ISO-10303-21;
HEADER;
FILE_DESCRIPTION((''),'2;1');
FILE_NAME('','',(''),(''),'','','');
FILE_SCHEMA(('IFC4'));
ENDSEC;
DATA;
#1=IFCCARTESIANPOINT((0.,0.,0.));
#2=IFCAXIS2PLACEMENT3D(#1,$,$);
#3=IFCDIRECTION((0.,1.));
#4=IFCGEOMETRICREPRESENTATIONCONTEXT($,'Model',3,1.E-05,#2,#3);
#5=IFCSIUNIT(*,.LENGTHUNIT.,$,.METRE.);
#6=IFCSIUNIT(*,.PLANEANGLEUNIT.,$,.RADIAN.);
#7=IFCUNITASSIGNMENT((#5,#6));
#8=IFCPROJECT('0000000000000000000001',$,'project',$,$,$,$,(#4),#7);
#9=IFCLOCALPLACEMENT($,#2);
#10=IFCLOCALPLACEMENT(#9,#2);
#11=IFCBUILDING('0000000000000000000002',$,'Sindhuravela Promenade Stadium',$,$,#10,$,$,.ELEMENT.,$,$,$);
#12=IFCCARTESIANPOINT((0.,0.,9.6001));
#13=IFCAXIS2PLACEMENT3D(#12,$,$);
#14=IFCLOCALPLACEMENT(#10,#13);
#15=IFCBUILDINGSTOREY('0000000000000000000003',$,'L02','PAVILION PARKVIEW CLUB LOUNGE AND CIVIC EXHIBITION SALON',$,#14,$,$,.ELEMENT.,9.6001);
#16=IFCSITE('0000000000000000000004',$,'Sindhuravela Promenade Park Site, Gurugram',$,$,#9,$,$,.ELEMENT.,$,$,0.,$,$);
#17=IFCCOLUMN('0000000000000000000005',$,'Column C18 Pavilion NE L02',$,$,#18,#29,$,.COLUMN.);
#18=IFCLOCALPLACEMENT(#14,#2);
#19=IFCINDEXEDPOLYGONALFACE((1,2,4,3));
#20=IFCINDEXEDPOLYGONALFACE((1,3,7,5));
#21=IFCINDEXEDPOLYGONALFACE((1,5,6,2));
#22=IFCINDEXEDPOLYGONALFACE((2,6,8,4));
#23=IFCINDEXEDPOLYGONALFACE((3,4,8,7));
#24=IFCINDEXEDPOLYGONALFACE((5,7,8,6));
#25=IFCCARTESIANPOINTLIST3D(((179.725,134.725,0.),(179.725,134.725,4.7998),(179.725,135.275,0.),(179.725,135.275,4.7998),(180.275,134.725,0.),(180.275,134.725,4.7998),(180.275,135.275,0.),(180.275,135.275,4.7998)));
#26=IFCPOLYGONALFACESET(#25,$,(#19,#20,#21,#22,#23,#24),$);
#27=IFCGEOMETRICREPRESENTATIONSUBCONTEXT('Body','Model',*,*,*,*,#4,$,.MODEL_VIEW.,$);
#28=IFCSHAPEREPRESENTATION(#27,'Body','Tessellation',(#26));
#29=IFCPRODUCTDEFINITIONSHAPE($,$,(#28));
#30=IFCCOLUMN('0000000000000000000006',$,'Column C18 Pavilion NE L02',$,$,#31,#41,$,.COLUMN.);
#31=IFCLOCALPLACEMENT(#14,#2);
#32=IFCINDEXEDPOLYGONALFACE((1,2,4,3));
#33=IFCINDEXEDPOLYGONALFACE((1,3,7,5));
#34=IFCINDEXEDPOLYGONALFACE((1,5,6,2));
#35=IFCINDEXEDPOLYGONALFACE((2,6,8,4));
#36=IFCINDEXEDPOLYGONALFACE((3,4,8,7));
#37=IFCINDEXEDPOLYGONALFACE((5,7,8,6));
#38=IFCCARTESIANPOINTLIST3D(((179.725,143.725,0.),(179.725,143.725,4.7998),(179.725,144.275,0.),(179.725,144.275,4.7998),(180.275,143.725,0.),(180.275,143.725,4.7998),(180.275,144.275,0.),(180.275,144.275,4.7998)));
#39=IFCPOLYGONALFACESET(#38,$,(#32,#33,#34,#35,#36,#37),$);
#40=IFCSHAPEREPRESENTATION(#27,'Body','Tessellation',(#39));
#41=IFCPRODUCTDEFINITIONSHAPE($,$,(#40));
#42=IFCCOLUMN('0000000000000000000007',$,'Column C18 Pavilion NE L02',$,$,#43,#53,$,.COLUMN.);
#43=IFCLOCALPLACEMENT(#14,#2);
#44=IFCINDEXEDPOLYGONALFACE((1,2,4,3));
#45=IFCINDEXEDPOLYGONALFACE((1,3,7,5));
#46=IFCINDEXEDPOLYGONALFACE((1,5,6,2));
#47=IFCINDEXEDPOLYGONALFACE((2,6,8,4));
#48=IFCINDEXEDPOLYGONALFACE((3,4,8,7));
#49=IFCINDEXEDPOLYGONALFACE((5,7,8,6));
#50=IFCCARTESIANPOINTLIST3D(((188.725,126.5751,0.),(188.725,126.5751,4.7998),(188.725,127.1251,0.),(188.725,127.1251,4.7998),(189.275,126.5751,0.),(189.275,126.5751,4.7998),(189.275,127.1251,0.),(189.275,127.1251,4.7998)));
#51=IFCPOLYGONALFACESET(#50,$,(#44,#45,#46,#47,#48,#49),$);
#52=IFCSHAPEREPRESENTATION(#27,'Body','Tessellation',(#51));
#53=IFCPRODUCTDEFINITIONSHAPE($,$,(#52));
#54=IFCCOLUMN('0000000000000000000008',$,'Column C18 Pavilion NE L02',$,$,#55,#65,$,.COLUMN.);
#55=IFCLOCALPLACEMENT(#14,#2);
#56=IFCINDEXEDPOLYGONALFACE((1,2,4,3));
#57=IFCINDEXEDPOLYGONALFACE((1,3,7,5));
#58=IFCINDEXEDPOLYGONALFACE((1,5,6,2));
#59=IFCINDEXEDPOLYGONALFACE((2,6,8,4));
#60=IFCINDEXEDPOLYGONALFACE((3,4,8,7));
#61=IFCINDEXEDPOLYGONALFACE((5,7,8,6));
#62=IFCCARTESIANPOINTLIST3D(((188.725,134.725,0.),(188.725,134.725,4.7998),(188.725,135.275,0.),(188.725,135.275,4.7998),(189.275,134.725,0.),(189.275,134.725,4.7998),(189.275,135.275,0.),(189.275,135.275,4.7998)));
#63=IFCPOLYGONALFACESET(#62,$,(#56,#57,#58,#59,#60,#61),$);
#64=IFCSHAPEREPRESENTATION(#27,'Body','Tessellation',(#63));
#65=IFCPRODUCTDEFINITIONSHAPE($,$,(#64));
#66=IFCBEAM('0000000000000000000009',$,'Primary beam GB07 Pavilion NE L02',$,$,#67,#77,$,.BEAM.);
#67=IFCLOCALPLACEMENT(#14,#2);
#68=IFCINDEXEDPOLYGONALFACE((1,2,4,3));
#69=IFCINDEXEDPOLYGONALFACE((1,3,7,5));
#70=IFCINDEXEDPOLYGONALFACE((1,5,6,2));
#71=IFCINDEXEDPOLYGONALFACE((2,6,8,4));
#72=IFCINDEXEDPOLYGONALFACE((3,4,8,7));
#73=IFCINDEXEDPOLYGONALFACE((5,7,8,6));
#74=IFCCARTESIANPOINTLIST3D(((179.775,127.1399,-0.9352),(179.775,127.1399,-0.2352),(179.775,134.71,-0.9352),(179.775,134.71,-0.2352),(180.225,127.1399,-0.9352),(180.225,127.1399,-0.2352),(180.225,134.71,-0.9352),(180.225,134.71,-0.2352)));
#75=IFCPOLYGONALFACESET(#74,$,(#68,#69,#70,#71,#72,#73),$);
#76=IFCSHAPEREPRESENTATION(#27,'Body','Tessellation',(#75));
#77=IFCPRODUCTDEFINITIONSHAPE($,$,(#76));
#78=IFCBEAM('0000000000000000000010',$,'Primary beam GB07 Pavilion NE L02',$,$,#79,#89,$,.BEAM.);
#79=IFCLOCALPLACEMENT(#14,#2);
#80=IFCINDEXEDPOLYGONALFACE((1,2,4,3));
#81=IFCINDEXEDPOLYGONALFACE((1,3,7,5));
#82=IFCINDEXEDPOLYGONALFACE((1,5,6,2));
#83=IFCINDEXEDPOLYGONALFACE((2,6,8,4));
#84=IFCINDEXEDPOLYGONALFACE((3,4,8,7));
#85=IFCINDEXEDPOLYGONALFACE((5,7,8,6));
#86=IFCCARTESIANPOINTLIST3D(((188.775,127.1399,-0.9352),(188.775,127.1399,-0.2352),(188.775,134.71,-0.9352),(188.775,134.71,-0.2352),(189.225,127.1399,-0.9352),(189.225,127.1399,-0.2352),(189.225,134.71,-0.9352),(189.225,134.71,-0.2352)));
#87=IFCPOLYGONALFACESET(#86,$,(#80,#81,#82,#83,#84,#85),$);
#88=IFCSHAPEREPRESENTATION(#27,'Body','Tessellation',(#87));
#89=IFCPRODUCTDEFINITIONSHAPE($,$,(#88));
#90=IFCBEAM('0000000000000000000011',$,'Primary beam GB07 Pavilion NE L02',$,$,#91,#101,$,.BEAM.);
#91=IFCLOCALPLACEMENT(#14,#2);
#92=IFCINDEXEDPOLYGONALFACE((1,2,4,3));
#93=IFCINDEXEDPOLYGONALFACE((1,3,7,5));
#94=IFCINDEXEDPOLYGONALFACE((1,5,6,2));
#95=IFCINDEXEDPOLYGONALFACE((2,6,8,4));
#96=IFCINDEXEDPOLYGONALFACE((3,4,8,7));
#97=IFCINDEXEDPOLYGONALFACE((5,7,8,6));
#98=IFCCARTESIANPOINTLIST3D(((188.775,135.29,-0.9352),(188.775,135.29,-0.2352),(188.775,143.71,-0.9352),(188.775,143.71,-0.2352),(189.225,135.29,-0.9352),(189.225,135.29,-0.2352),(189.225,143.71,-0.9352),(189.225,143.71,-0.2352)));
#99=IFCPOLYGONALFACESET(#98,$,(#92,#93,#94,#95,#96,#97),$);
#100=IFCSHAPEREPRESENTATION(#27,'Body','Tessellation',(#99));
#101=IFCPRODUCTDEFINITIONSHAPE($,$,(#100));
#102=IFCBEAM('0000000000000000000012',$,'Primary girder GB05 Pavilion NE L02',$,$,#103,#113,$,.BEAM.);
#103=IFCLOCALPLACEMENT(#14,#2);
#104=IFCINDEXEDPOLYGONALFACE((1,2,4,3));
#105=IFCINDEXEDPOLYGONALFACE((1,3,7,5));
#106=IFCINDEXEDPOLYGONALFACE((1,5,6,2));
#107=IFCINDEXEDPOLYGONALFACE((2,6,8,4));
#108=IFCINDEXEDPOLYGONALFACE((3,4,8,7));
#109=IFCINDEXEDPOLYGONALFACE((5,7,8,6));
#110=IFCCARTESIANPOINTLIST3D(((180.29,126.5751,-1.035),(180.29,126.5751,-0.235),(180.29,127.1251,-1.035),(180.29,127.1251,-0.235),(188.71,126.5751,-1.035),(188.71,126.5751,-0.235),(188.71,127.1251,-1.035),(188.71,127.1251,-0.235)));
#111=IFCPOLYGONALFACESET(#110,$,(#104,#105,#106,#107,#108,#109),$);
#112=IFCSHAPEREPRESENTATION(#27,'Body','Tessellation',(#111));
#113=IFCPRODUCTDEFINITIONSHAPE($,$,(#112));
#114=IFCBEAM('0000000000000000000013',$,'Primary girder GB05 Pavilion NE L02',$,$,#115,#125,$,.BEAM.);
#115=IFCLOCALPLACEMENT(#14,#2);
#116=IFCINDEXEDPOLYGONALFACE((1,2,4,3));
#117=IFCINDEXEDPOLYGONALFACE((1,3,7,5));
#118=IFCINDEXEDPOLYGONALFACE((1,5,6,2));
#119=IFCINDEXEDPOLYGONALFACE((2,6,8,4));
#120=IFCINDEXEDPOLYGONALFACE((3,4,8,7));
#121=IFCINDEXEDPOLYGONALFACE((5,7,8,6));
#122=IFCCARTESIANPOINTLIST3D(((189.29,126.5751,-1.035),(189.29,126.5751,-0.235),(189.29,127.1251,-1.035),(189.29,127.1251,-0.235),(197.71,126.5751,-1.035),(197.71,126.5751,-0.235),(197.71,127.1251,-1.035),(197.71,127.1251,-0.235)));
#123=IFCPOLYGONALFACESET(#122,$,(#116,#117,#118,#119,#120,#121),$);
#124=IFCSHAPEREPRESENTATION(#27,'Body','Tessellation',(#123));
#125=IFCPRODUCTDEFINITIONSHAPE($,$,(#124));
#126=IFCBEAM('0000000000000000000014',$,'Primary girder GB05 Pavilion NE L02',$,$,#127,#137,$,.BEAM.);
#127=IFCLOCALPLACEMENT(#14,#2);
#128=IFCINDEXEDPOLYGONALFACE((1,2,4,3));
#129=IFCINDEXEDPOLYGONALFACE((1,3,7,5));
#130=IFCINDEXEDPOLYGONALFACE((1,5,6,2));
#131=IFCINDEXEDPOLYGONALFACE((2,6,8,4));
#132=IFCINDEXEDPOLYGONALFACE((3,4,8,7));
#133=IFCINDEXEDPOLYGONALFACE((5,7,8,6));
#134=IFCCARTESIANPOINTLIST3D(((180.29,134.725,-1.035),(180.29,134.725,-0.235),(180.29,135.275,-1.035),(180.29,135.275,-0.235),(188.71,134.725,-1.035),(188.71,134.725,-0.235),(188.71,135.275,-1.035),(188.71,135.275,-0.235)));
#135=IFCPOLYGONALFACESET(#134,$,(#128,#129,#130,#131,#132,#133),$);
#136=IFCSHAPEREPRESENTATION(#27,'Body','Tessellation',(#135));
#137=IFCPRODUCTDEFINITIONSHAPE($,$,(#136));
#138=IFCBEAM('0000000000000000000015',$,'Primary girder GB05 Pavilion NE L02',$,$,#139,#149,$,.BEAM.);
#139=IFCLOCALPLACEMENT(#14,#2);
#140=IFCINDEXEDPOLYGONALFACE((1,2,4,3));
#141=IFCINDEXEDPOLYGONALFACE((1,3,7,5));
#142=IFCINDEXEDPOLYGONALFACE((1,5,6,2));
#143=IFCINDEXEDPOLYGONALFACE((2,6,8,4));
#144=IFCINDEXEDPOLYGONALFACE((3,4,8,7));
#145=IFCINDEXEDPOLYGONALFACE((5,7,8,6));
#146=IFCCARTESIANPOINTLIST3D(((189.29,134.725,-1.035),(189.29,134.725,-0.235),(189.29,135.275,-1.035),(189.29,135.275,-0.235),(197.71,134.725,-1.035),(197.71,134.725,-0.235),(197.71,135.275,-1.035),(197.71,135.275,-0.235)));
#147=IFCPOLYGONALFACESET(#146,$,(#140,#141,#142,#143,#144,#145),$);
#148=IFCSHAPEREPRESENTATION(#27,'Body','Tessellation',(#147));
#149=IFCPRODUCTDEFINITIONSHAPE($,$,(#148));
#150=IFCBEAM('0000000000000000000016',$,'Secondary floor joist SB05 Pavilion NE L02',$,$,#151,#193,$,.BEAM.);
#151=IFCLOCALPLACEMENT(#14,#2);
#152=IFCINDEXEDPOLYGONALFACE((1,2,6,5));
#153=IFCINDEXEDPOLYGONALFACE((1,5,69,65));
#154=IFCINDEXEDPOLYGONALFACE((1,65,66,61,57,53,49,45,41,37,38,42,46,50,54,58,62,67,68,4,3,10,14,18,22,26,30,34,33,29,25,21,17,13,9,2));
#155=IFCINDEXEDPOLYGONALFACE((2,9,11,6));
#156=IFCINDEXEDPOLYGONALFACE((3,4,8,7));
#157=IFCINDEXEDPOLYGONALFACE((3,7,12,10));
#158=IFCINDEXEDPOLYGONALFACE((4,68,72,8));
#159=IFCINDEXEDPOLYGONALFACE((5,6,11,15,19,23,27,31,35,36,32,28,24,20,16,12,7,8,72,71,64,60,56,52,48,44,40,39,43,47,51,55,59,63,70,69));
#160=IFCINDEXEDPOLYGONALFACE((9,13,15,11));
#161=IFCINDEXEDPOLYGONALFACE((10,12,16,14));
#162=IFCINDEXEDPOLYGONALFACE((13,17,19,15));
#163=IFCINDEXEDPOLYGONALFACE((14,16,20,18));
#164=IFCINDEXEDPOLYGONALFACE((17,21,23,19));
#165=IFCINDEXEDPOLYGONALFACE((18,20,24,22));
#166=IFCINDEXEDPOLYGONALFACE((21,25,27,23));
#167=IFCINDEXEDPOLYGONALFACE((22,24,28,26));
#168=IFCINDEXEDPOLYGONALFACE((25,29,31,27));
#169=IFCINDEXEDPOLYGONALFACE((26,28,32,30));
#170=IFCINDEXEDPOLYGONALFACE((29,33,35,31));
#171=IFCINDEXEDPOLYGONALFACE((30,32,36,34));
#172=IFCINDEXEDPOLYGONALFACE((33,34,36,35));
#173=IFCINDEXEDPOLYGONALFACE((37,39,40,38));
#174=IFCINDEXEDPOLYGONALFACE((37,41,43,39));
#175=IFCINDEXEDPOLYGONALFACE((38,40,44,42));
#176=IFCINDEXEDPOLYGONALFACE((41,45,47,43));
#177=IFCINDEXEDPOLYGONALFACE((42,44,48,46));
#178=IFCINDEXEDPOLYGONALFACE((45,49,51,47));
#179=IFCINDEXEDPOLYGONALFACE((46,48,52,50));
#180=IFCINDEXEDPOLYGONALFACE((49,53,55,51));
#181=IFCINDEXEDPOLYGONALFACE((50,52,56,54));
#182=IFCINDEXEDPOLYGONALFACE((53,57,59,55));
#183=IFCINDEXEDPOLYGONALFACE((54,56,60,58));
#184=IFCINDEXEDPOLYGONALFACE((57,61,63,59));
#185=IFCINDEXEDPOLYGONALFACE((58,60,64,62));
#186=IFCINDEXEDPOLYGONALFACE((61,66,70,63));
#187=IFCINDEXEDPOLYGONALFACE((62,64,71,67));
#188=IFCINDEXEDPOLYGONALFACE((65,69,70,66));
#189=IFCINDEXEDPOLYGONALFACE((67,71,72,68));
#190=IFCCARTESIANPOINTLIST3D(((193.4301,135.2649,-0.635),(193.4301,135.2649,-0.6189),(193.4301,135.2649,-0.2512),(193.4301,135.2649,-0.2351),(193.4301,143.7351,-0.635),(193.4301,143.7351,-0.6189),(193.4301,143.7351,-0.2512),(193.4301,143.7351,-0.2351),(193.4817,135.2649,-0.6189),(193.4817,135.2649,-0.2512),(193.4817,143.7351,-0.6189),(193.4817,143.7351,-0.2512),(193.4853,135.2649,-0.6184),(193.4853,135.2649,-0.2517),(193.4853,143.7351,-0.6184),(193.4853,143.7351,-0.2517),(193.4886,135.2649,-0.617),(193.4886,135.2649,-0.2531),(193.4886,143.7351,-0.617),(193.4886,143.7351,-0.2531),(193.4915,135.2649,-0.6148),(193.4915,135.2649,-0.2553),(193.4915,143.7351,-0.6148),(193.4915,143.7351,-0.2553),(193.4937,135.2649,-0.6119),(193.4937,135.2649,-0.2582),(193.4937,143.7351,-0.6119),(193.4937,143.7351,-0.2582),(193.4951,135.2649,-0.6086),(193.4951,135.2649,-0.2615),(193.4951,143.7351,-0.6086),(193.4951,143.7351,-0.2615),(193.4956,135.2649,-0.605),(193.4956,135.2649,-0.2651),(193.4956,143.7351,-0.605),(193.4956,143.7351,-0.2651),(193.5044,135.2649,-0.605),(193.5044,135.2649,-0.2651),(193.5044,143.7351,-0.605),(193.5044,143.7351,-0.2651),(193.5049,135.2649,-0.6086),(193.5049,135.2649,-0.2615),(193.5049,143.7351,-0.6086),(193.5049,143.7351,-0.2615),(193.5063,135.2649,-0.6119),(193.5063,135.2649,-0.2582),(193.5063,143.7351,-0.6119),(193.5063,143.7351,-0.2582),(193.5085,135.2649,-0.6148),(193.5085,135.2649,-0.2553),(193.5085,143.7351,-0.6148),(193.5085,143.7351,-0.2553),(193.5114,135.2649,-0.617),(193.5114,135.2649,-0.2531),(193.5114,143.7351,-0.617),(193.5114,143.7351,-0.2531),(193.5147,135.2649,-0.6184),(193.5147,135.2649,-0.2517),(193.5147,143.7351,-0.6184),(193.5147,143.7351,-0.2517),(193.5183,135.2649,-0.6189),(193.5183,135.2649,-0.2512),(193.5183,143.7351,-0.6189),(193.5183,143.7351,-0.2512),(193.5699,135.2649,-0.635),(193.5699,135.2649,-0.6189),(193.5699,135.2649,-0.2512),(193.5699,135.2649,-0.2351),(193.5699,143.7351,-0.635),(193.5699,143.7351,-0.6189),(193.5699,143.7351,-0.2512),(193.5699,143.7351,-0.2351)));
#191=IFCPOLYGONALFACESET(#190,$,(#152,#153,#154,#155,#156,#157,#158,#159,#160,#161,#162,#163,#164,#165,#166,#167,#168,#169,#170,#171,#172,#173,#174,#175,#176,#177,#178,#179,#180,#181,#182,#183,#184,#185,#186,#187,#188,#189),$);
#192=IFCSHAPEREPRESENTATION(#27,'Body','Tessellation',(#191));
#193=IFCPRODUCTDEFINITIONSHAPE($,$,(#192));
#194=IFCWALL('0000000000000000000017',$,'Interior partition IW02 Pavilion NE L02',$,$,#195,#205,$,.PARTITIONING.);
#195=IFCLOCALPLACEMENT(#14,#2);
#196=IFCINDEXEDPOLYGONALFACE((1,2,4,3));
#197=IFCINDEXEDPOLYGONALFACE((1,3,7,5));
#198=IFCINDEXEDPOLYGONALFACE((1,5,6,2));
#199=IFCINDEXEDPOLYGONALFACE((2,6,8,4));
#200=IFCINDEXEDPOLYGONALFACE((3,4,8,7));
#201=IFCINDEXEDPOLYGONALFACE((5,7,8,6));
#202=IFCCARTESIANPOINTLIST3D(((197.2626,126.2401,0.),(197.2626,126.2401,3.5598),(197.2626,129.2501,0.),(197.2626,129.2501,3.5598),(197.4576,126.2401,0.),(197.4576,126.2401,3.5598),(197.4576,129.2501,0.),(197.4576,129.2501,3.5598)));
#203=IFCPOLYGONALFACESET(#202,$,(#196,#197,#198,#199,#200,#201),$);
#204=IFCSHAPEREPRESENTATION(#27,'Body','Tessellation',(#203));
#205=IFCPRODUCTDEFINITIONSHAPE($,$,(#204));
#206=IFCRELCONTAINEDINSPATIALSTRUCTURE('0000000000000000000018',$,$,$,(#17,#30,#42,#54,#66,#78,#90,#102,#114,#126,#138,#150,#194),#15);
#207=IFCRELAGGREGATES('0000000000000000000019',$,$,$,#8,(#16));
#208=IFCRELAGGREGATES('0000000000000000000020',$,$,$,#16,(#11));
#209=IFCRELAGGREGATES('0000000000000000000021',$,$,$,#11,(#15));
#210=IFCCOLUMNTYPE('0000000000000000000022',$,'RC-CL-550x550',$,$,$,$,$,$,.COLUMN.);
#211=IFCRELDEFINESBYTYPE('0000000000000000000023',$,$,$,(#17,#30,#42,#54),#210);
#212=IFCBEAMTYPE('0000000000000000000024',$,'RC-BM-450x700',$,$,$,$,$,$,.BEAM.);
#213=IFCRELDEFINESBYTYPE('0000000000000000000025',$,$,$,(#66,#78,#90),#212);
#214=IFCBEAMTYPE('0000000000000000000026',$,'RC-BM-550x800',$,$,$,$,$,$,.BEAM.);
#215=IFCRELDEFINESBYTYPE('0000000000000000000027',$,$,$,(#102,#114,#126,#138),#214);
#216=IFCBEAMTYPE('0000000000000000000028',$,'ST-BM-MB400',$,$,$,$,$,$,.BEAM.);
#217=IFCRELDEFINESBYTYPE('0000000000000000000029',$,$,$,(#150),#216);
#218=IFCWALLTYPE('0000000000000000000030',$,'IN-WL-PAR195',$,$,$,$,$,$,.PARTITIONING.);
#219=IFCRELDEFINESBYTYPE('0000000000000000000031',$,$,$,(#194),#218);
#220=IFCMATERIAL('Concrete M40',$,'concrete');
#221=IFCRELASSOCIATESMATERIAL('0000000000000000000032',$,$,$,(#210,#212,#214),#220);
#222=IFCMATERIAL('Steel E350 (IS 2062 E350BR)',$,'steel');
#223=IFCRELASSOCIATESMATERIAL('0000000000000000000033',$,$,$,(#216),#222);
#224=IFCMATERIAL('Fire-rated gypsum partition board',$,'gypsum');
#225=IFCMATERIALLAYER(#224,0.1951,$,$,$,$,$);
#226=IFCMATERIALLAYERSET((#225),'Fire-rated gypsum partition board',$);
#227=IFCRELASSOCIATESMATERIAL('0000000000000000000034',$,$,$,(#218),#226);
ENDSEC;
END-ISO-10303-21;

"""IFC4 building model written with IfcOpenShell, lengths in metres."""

from ifc_helpers import new_model, si_unit, direction, frame, frame_2d, origin, origin_2d, place, context, subcontext, project, spatial, rectangle, i_section, extrude, material, layer, layer_set, material_profile, profile_set, type_object, element, save


model = new_model("IFC4")

# Units and contexts
model_context = context("Model", 3, precision=1e-05, world=origin(), true_north=direction((0.0, 1.0)))
body_context = subcontext(model_context, "Body", "Model", "MODEL_VIEW")
ifc_project = project(units=[si_unit("LENGTHUNIT", "METRE"), si_unit("PLANEANGLEUNIT", "RADIAN")], contexts=[model_context])

# Site, building, storey
site_placement = place(None, origin())
site = spatial("IfcSite", under=ifc_project, at=site_placement, Name="Sindhuravela Promenade Park Site, Gurugram", CompositionType="ELEMENT", RefElevation=0.0)
building_placement = place(site_placement, origin())
building = spatial("IfcBuilding", under=site, at=building_placement, Name="Sindhuravela Promenade Stadium", CompositionType="ELEMENT")
storey_placement = place(building_placement, frame((0.0, 0.0, 9.6001)))
storey = spatial("IfcBuildingStorey", under=building, at=storey_placement, Name="L02", Description="PAVILION PARKVIEW CLUB LOUNGE AND CIVIC EXHIBITION SALON", CompositionType="ELEMENT", Elevation=9.6001)

# Columns
ifc_material_1 = material(Name="Concrete M40", Category="concrete")
ifc_material_profile_1 = material_profile(ifc_material_1, rectangle(XDim=0.55, YDim=0.55, at=origin_2d()), Name="RC 550x550")
ifc_profile_set_1 = profile_set([ifc_material_profile_1], Name="Concrete M40")
column_type = type_object("IfcColumnType", Name="RC-CL-550x550", PredefinedType="COLUMN", material=ifc_profile_set_1)
for number, where, z_axis, x_axis, name in (
    (1, (180.0, 135.0, 0.0), (0.0, 0.0, 1.0), (1.0, 0.0, 0.0), "Column C18 Pavilion NE L02"),
    (2, (180.0, 144.0, 0.0), (0.0, 0.0, 1.0), (1.0, 0.0, 0.0), "Column C18 Pavilion NE L02"),
    (3, (189.0, 126.8501, 0.0), (0.0, 0.0, 1.0), (1.0, 0.0, 0.0), "Column C18 Pavilion NE L02"),
    (4, (189.0, 135.0, 0.0), (0.0, 0.0, 1.0), (1.0, 0.0, 0.0), "Column C18 Pavilion NE L02"),
):
    element("IfcColumn", number, at=place(storey_placement, frame(where, z_axis=z_axis, x_axis=x_axis)), inside=storey, type_object=column_type, Name=name, PredefinedType="COLUMN", context=body_context, shape_type="SweptSolid", body=[
        extrude(rectangle(XDim=0.55, YDim=0.55, at=origin_2d()), origin(), (0.0, 0.0, 1.0), 4.7998),
    ])

# Beams
ifc_material_profile_2 = material_profile(ifc_material_1, rectangle(XDim=0.45, YDim=0.7, at=origin_2d()), Name="RC 450x700")
ifc_profile_set_2 = profile_set([ifc_material_profile_2], Name="Concrete M40")
beam_type_1 = type_object("IfcBeamType", Name="RC-BM-450x700", PredefinedType="BEAM", material=ifc_profile_set_2)
for number, where, z_axis, x_axis, name in (
    (5, (180.0, 127.1399, -0.5852), (0.0, 1.0, 0.0), (-1.0, 0.0, 0.0), "Primary beam GB07 Pavilion NE L02"),
    (6, (189.0, 127.1399, -0.5852), (0.0, 1.0, 0.0), (-1.0, 0.0, 0.0), "Primary beam GB07 Pavilion NE L02"),
):
    element("IfcBeam", number, at=place(storey_placement, frame(where, z_axis=z_axis, x_axis=x_axis)), inside=storey, type_object=beam_type_1, Name=name, PredefinedType="BEAM", context=body_context, shape_type="SweptSolid", body=[
        extrude(rectangle(XDim=0.45, YDim=0.7, at=origin_2d()), origin(), (0.0, 0.0, 1.0), 7.5701),
    ])
beam_1_placement = place(storey_placement, frame((189.0, 135.29, -0.5852), z_axis=(0.0, 1.0, 0.0), x_axis=(-1.0, 0.0, 0.0)))
element("IfcBeam", 7, at=beam_1_placement, inside=storey, type_object=beam_type_1, Name="Primary beam GB07 Pavilion NE L02", PredefinedType="BEAM", context=body_context, shape_type="SweptSolid", body=[
    extrude(rectangle(XDim=0.45, YDim=0.7, at=origin_2d()), origin(), (0.0, 0.0, 1.0), 8.4199),
])
ifc_material_profile_3 = material_profile(ifc_material_1, rectangle(XDim=0.55, YDim=0.8, at=origin_2d()), Name="RC 550x800")
ifc_profile_set_3 = profile_set([ifc_material_profile_3], Name="Concrete M40")
beam_type_2 = type_object("IfcBeamType", Name="RC-BM-550x800", PredefinedType="BEAM", material=ifc_profile_set_3)
for number, where, z_axis, x_axis, name in (
    (8, (180.29, 126.8501, -0.635), (1.0, 0.0, 0.0), (0.0, 1.0, 0.0), "Primary girder GB05 Pavilion NE L02"),
    (9, (189.29, 126.8501, -0.635), (1.0, 0.0, 0.0), (0.0, 1.0, 0.0), "Primary girder GB05 Pavilion NE L02"),
    (10, (180.29, 135.0, -0.635), (1.0, 0.0, 0.0), (0.0, 1.0, 0.0), "Primary girder GB05 Pavilion NE L02"),
    (11, (189.29, 135.0, -0.635), (1.0, 0.0, 0.0), (0.0, 1.0, 0.0), "Primary girder GB05 Pavilion NE L02"),
):
    element("IfcBeam", number, at=place(storey_placement, frame(where, z_axis=z_axis, x_axis=x_axis)), inside=storey, type_object=beam_type_2, Name=name, PredefinedType="BEAM", context=body_context, shape_type="SweptSolid", body=[
        extrude(rectangle(XDim=0.55, YDim=0.8, at=origin_2d()), origin(), (0.0, 0.0, 1.0), 8.4199),
    ])
ifc_material_2 = material(Name="Steel E350 (IS 2062 E350BR)", Category="steel")
ifc_material_profile_4 = material_profile(ifc_material_2, i_section(OverallWidth=0.1399, OverallDepth=0.3999, WebThickness=0.0088, FlangeThickness=0.0161, FilletRadius=0.0139, at=origin_2d()), Name="ISMB 400")
ifc_profile_set_4 = profile_set([ifc_material_profile_4], Name="Steel E350 (IS 2062 E350BR)")
beam_type_3 = type_object("IfcBeamType", Name="ST-BM-MB400", PredefinedType="BEAM", material=ifc_profile_set_4)
beam_2_placement = place(storey_placement, frame((193.5, 135.2649, -0.4351), z_axis=(0.0, 1.0, 0.0), x_axis=(-1.0, 0.0, 0.0)))
element("IfcBeam", 12, at=beam_2_placement, inside=storey, type_object=beam_type_3, Name="Secondary floor joist SB05 Pavilion NE L02", PredefinedType="BEAM", context=body_context, shape_type="SweptSolid", body=[
    extrude(i_section(OverallWidth=0.1399, OverallDepth=0.3999, WebThickness=0.0088, FlangeThickness=0.0161, FilletRadius=0.0139, at=origin_2d()), origin(), (0.0, 0.0, 1.0), 8.4702),
])

# Wall
ifc_material_3 = material(Name="Fire-rated gypsum partition board", Category="gypsum")
ifc_layer_1 = layer(ifc_material_3, 0.1951)
ifc_layer_set_1 = layer_set([ifc_layer_1], Name="Fire-rated gypsum partition board")
wall_type_1 = type_object("IfcWallType", Name="IN-WL-PAR195", PredefinedType="PARTITIONING", material=ifc_layer_set_1)
wall_1_placement = place(storey_placement, frame((197.3601, 129.25, 0.0), z_axis=(0.0, 0.0, 1.0), x_axis=(0.0, -1.0, 0.0)))
element("IfcWall", 13, at=wall_1_placement, inside=storey, type_object=wall_type_1, Name="Interior partition IW02 Pavilion NE L02", PredefinedType="PARTITIONING", context=body_context, shape_type="SweptSolid", body=[
    extrude(rectangle(XDim=3.01, YDim=0.1951, at=frame_2d((1.5049, 0.0))), origin(), (0.0, 0.0, 1.0), 3.5598),
])

save(model, "model.ifc")
